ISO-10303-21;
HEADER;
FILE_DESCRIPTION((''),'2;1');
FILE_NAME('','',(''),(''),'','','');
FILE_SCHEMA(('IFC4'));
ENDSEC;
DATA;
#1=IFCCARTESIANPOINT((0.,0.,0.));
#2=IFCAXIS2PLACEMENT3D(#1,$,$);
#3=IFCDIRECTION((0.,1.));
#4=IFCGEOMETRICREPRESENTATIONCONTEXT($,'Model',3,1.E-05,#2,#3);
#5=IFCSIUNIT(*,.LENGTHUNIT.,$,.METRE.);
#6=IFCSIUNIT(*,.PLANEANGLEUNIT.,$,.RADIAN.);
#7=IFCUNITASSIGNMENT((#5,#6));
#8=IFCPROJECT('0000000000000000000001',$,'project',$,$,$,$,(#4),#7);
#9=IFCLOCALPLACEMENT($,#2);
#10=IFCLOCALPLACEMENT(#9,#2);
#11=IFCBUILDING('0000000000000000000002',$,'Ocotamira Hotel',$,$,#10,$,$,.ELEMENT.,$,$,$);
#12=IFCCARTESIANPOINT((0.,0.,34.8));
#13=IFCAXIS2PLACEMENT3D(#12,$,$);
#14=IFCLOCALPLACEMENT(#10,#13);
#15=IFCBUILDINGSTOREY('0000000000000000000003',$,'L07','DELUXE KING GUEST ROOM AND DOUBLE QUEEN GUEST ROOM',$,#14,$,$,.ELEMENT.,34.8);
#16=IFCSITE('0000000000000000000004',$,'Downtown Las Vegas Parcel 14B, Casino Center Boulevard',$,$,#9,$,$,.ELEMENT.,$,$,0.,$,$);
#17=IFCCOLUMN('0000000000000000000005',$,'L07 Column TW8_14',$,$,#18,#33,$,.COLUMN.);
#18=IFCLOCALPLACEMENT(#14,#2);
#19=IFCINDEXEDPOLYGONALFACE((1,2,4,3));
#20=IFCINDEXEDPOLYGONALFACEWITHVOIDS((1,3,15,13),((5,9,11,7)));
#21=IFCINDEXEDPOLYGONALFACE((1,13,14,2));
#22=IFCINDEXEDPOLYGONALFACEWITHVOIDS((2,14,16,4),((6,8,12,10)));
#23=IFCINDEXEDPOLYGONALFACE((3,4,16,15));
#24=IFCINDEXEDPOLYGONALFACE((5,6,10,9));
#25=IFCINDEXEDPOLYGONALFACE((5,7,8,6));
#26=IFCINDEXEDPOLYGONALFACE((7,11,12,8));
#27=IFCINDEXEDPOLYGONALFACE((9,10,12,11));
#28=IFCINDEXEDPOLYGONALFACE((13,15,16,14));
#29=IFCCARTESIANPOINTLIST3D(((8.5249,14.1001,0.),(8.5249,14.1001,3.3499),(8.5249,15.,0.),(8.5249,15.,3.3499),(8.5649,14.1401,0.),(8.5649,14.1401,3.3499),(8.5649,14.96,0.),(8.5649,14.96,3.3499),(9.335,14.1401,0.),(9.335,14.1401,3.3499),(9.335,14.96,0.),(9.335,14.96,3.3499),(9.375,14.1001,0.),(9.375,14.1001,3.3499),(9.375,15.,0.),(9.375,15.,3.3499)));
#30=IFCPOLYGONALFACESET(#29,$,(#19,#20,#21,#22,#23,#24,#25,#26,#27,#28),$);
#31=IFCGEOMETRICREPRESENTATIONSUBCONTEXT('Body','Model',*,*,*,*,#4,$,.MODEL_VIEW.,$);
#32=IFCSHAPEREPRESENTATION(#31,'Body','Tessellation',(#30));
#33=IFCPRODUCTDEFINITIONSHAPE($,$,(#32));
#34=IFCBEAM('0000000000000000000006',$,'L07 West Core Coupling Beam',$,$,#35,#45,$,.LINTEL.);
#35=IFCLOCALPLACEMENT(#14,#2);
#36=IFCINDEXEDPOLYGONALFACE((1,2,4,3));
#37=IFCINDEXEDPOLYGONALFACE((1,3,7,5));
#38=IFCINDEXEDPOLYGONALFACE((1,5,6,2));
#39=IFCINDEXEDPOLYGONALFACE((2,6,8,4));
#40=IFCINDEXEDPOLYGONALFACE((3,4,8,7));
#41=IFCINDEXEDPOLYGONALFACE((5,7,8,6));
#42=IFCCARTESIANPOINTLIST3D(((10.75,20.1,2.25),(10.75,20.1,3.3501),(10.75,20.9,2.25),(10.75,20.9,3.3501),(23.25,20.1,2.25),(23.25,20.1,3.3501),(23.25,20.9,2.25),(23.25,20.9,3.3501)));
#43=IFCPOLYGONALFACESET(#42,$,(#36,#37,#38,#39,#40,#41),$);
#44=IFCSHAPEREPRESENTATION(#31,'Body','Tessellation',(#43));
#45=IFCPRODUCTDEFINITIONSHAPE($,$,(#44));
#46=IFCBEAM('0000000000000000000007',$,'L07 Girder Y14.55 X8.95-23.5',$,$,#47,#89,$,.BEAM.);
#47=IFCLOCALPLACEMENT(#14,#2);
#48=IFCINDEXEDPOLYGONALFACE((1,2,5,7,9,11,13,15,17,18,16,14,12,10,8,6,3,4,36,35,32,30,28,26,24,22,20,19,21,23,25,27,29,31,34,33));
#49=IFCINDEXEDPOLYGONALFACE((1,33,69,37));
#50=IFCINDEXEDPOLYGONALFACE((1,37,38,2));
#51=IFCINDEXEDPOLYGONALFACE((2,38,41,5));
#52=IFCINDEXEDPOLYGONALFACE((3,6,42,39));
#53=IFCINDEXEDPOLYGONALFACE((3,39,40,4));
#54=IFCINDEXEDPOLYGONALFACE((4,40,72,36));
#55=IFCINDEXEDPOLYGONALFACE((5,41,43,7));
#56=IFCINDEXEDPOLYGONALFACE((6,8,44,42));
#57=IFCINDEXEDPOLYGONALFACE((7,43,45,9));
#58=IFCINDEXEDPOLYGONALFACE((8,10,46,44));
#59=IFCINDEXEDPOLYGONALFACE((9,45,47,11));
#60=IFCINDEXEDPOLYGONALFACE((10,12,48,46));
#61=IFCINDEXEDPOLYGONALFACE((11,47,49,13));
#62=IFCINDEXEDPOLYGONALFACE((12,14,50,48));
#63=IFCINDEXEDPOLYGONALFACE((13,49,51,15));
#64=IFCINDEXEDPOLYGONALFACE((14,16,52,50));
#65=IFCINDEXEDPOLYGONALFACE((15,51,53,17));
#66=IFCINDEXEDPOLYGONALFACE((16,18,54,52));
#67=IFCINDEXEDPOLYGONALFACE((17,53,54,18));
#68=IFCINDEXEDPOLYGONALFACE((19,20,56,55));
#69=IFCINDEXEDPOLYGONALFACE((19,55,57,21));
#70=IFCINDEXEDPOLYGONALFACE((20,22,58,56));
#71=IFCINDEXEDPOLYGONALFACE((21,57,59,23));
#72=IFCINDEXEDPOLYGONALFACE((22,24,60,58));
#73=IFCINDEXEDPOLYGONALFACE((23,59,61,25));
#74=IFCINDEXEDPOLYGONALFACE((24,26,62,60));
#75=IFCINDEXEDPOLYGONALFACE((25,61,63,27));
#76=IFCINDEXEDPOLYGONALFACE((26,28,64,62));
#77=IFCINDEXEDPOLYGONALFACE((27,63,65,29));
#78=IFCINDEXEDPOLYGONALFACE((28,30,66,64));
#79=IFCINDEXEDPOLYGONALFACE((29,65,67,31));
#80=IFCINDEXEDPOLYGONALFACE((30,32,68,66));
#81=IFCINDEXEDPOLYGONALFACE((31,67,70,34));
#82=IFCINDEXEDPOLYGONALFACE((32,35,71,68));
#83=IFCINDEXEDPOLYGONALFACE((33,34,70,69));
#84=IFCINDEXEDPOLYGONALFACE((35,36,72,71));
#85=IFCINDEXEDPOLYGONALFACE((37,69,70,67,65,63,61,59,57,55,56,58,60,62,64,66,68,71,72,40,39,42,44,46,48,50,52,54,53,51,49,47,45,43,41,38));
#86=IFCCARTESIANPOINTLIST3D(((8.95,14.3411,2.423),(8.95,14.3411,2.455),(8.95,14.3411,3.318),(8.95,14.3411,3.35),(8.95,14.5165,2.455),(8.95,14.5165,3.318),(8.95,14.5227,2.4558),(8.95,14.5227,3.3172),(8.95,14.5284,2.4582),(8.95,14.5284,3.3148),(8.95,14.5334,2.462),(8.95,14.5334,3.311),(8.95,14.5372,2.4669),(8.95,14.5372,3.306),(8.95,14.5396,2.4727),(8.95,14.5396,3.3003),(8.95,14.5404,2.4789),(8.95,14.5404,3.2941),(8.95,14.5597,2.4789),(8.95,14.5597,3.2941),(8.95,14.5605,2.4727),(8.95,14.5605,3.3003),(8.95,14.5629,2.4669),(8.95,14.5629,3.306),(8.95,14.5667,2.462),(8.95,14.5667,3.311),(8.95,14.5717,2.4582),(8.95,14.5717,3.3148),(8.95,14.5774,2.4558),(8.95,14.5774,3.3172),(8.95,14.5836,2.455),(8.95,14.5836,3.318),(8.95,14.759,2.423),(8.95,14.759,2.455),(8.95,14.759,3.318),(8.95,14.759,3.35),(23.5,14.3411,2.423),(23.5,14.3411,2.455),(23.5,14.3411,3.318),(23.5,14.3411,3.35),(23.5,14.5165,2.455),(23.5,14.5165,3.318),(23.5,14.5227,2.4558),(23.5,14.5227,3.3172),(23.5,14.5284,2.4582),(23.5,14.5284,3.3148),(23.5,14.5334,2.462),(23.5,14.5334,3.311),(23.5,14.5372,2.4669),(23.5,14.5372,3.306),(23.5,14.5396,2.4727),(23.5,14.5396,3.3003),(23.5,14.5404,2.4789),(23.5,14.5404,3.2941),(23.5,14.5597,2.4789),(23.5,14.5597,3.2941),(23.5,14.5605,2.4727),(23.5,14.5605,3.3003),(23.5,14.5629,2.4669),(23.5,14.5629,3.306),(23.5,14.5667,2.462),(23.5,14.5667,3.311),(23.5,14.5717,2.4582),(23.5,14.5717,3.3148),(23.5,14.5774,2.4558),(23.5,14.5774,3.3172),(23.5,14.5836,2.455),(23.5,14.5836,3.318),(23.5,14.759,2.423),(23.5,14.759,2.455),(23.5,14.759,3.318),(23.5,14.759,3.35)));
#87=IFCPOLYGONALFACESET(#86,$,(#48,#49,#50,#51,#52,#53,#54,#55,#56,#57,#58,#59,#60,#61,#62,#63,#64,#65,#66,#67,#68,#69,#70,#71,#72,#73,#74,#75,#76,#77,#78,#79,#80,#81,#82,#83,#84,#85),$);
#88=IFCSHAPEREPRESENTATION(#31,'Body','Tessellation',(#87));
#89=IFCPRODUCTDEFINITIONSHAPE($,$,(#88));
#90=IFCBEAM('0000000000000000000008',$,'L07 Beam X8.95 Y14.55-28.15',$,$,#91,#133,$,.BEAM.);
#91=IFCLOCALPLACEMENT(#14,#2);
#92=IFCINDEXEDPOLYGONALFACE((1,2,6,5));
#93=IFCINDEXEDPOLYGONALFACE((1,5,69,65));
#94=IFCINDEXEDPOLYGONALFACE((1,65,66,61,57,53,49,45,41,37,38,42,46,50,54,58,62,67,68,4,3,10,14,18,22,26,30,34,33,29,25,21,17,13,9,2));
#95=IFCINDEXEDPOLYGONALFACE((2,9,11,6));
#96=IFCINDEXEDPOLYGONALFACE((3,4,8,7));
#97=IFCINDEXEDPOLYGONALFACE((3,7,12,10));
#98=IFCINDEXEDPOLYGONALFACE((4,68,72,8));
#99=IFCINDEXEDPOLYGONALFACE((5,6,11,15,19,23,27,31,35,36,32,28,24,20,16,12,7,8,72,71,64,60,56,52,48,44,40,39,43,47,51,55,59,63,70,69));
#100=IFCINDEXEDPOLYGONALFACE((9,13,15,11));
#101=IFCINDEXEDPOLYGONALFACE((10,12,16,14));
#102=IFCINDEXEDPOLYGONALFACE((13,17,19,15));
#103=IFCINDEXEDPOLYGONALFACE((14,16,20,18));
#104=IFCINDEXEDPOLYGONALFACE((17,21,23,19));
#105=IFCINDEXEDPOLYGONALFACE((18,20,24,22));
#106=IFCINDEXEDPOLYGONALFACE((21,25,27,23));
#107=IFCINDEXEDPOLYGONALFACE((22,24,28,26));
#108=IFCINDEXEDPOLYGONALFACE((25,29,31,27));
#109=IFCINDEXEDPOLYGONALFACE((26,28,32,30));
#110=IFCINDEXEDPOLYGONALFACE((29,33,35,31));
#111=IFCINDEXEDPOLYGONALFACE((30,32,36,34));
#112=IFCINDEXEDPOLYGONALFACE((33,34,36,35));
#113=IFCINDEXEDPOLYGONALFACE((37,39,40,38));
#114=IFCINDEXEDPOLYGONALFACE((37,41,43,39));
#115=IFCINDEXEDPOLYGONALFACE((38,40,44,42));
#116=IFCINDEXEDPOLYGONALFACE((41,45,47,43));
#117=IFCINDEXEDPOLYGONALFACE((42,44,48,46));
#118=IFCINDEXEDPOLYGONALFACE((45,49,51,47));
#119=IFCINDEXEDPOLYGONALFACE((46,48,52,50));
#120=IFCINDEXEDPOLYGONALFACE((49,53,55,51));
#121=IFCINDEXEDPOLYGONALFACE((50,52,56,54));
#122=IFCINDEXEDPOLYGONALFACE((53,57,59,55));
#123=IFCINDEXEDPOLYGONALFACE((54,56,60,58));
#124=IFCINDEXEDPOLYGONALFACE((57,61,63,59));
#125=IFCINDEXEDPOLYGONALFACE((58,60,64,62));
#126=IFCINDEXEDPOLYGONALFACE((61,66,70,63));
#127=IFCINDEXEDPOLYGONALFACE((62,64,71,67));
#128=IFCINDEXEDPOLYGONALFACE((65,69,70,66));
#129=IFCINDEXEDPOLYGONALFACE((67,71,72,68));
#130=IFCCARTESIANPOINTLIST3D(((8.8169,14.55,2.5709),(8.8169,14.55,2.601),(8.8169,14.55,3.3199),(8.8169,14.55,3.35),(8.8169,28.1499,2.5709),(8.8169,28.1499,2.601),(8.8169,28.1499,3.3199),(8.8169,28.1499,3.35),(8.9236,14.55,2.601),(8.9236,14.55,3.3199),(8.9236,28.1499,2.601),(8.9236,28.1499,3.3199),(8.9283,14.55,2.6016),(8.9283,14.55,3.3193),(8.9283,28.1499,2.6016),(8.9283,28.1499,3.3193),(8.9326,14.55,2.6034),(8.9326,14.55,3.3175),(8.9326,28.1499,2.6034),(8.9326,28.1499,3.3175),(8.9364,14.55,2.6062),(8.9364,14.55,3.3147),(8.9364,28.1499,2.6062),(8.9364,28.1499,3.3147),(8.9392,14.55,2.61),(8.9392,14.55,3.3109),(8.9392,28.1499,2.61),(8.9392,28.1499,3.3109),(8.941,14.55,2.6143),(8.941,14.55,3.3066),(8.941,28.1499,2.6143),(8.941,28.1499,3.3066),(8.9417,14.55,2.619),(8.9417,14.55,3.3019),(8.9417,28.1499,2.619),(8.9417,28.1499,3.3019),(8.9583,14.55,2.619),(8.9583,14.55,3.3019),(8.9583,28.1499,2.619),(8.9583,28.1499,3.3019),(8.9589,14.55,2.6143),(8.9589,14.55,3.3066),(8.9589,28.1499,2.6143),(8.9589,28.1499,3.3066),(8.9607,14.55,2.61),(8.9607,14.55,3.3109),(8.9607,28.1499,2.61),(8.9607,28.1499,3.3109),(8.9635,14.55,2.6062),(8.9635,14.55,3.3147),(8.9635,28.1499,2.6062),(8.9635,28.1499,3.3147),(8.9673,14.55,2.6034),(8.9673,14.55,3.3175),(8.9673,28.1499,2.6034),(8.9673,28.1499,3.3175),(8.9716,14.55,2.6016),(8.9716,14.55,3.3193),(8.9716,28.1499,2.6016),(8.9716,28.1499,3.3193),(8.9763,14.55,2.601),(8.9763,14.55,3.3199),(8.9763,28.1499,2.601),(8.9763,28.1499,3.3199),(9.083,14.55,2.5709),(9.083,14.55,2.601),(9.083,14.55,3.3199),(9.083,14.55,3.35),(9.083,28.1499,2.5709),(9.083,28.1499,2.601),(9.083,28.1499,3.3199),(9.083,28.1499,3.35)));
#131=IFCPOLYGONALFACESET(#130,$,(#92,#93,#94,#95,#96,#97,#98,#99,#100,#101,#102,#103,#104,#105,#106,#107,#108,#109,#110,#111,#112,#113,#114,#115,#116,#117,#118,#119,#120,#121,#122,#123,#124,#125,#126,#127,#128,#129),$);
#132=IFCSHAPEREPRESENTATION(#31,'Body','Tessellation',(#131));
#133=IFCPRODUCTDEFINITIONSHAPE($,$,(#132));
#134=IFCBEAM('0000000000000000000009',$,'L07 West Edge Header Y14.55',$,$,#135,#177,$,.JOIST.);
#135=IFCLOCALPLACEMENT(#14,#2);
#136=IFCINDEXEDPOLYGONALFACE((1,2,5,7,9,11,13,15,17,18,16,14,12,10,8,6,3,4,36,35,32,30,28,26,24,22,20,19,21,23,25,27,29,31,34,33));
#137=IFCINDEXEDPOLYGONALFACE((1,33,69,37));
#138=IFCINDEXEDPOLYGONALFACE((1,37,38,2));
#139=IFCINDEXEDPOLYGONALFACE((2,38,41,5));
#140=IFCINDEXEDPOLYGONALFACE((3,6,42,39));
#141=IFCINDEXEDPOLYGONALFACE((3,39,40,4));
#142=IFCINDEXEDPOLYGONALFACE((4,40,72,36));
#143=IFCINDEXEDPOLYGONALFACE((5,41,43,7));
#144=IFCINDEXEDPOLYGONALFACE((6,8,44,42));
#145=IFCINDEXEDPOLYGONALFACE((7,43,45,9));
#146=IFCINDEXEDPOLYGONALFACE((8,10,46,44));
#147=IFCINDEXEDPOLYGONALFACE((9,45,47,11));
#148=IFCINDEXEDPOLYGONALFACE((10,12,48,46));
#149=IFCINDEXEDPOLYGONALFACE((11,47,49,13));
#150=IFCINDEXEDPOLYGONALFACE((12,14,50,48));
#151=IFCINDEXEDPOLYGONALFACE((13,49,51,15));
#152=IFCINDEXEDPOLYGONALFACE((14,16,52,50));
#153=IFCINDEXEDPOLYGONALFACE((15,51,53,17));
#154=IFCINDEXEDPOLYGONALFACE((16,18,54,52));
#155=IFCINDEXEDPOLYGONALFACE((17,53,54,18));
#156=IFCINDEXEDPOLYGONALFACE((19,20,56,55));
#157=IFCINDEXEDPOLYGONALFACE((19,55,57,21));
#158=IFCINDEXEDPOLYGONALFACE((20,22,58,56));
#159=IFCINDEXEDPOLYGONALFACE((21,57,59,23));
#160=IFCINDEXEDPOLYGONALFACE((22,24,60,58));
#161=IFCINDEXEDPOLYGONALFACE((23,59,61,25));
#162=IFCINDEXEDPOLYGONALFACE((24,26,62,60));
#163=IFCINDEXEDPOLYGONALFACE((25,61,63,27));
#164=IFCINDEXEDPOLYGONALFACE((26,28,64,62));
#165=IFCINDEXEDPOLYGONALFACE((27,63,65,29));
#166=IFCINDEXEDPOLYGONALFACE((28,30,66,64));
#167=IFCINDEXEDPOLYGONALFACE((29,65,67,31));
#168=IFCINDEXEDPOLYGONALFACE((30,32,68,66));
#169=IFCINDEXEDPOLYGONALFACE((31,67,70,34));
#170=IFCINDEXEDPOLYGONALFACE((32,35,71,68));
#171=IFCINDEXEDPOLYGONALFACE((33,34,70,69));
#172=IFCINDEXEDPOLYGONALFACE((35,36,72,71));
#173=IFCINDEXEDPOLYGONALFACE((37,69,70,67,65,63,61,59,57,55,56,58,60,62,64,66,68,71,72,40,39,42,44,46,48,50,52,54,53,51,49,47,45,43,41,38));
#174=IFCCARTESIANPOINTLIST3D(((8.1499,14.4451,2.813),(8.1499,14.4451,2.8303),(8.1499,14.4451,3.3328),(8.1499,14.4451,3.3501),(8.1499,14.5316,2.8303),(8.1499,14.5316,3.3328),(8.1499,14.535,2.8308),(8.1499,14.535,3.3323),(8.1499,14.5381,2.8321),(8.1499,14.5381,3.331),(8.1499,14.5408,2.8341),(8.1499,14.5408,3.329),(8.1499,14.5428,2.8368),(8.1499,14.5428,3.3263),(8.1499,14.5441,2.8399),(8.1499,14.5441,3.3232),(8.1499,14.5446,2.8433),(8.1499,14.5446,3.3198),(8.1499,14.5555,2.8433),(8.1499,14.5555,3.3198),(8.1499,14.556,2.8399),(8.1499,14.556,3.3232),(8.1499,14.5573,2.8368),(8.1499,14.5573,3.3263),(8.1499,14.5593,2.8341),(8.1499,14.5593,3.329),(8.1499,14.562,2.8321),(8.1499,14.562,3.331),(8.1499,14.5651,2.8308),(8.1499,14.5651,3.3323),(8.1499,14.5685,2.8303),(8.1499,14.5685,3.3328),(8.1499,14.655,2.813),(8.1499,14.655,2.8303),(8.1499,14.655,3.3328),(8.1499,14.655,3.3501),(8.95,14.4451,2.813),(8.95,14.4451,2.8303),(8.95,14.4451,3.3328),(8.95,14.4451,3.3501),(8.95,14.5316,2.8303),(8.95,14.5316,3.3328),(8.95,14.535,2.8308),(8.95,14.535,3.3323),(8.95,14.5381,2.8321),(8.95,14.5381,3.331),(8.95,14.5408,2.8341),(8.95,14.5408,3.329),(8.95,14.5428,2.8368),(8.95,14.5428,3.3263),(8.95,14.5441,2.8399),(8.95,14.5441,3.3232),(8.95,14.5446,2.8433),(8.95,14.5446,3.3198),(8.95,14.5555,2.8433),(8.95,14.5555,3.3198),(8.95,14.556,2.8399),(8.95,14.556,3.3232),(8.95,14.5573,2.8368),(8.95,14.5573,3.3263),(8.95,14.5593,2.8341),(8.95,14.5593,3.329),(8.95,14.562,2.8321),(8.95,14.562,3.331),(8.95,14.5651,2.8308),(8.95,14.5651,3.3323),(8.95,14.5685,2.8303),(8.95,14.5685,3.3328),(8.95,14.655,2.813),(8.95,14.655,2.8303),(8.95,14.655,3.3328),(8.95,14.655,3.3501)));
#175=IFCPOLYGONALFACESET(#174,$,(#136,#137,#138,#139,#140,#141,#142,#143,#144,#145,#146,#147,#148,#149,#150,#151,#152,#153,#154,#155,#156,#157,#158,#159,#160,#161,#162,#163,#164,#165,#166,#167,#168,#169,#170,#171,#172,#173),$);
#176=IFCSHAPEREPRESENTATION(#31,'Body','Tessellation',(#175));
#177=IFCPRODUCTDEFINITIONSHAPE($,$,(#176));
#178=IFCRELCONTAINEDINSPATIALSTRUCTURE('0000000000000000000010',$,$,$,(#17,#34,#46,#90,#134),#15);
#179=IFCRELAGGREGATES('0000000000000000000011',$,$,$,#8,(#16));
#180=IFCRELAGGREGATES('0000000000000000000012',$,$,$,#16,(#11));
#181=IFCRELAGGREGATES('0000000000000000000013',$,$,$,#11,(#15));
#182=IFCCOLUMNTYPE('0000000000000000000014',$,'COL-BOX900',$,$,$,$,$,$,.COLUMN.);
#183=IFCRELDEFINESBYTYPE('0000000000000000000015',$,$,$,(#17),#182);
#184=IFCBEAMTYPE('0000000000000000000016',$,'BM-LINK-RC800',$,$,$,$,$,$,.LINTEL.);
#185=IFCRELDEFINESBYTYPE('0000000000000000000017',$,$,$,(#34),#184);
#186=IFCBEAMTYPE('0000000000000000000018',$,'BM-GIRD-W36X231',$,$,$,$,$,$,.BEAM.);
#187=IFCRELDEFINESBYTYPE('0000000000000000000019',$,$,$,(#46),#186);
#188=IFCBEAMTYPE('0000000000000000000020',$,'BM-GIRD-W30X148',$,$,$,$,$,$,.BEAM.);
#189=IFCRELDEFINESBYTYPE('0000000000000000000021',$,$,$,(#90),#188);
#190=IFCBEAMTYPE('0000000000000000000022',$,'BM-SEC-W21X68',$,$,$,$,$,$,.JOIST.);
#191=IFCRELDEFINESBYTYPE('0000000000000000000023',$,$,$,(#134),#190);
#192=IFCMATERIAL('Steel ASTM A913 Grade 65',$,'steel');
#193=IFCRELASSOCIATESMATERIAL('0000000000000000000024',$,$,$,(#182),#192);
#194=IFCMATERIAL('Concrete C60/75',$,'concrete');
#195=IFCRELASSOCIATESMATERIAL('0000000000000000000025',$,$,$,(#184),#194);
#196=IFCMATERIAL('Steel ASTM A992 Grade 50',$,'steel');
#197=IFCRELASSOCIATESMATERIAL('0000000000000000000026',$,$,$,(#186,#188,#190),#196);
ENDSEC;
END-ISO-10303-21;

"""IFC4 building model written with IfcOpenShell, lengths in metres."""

from ifc_helpers import new_model, si_unit, direction, frame, origin, origin_2d, place, context, subcontext, project, spatial, rectangle, hollow_rectangle, i_section, extrude, source, transform, mapped, material, material_profile, profile_set, type_object, element, save


model = new_model("IFC4")

# Units and contexts
model_context = context("Model", 3, precision=1e-05, world=origin(), true_north=direction((0.0, 1.0)))
body_context = subcontext(model_context, "Body", "Model", "MODEL_VIEW")
ifc_project = project(units=[si_unit("LENGTHUNIT", "METRE"), si_unit("PLANEANGLEUNIT", "RADIAN")], contexts=[model_context])

# Site, building, storey
site_placement = place(None, origin())
site = spatial("IfcSite", under=ifc_project, at=site_placement, Name="Downtown Las Vegas Parcel 14B, Casino Center Boulevard", CompositionType="ELEMENT", RefElevation=0.0)
building_placement = place(site_placement, origin())
building = spatial("IfcBuilding", under=site, at=building_placement, Name="Ocotamira Hotel", CompositionType="ELEMENT")
storey_placement = place(building_placement, frame((0.0, 0.0, 34.8)))
storey = spatial("IfcBuildingStorey", under=building, at=storey_placement, Name="L07", Description="DELUXE KING GUEST ROOM AND DOUBLE QUEEN GUEST ROOM", CompositionType="ELEMENT", Elevation=34.8)

# Column
ifc_material_1 = material(Name="Steel ASTM A913 Grade 65", Category="steel")
ifc_material_profile_1 = material_profile(ifc_material_1, hollow_rectangle(XDim=0.8501, YDim=0.8999, WallThickness=0.04, at=origin_2d()), Name="BOX900X850X40")
ifc_profile_set_1 = profile_set([ifc_material_profile_1], Name="Steel ASTM A913 Grade 65")
column_type = type_object("IfcColumnType", Name="COL-BOX900", PredefinedType="COLUMN", material=ifc_profile_set_1)
shared_shape_1 = source(origin(), body_context, "Body", "SweptSolid", [
    extrude(hollow_rectangle(XDim=0.8501, YDim=0.8999, WallThickness=0.04, at=origin_2d()), origin(), (0.0, 0.0, 1.0), 3.3499),
])
column_placement = place(storey_placement, frame((8.95, 14.55, 0.0), z_axis=(0.0, 0.0, 1.0), x_axis=(1.0, 0.0, 0.0)))
element("IfcColumn", 1, at=column_placement, inside=storey, type_object=column_type, Name="L07 Column TW8_14", PredefinedType="COLUMN", context=body_context, shape_type="MappedRepresentation", body=[
    mapped(shared_shape_1, transform((0.0, 0.0, 0.0), scale=1.0)),
])

# Beams
ifc_material_2 = material(Name="Concrete C60/75", Category="concrete")
ifc_material_profile_2 = material_profile(ifc_material_2, rectangle(XDim=0.8, YDim=1.1001, at=origin_2d()), Name="RC800X1100")
ifc_profile_set_2 = profile_set([ifc_material_profile_2], Name="Concrete C60/75")
beam_type_1 = type_object("IfcBeamType", Name="BM-LINK-RC800", PredefinedType="LINTEL", material=ifc_profile_set_2)
shared_shape_2 = source(origin(), body_context, "Body", "SweptSolid", [
    extrude(rectangle(XDim=0.8, YDim=1.1001, at=origin_2d()), origin(), (0.0, 0.0, 1.0), 12.5),
])
beam_1_placement = place(storey_placement, frame((10.75, 20.5, 2.8), z_axis=(1.0, 0.0, 0.0), x_axis=(0.0, 1.0, 0.0)))
element("IfcBeam", 2, at=beam_1_placement, inside=storey, type_object=beam_type_1, Name="L07 West Core Coupling Beam", PredefinedType="LINTEL", context=body_context, shape_type="MappedRepresentation", body=[
    mapped(shared_shape_2, transform((0.0, 0.0, 0.0), scale=1.0)),
])
ifc_material_3 = material(Name="Steel ASTM A992 Grade 50", Category="steel")
ifc_material_profile_3 = material_profile(ifc_material_3, i_section(OverallWidth=0.418, OverallDepth=0.927, WebThickness=0.0193, FlangeThickness=0.032, FilletRadius=0.0239, at=origin_2d()), Name="W36X231")
ifc_profile_set_3 = profile_set([ifc_material_profile_3], Name="Steel ASTM A992 Grade 50")
beam_type_2 = type_object("IfcBeamType", Name="BM-GIRD-W36X231", PredefinedType="BEAM", material=ifc_profile_set_3)
shared_shape_3 = source(origin(), body_context, "Body", "SweptSolid", [
    extrude(i_section(OverallWidth=0.418, OverallDepth=0.927, WebThickness=0.0193, FlangeThickness=0.032, FilletRadius=0.0239, at=origin_2d()), origin(), (0.0, 0.0, 1.0), 14.55),
])
beam_2_placement = place(storey_placement, frame((8.95, 14.55, 2.8865), z_axis=(1.0, 0.0, 0.0), x_axis=(0.0, 1.0, 0.0)))
element("IfcBeam", 3, at=beam_2_placement, inside=storey, type_object=beam_type_2, Name="L07 Girder Y14.55 X8.95-23.5", PredefinedType="BEAM", context=body_context, shape_type="MappedRepresentation", body=[
    mapped(shared_shape_3, transform((0.0, 0.0, 0.0), scale=1.0)),
])
ifc_material_profile_4 = material_profile(ifc_material_3, i_section(OverallWidth=0.2661, OverallDepth=0.7791, WebThickness=0.0166, FlangeThickness=0.03, FilletRadius=0.0181, at=origin_2d()), Name="W30X148")
ifc_profile_set_4 = profile_set([ifc_material_profile_4], Name="Steel ASTM A992 Grade 50")
beam_type_3 = type_object("IfcBeamType", Name="BM-GIRD-W30X148", PredefinedType="BEAM", material=ifc_profile_set_4)
shared_shape_4 = source(origin(), body_context, "Body", "SweptSolid", [
    extrude(i_section(OverallWidth=0.2661, OverallDepth=0.7791, WebThickness=0.0166, FlangeThickness=0.03, FilletRadius=0.0181, at=origin_2d()), origin(), (0.0, 0.0, 1.0), 13.5999),
])
beam_3_placement = place(storey_placement, frame((8.95, 14.55, 2.9604), z_axis=(0.0, 1.0, 0.0), x_axis=(-1.0, 0.0, 0.0)))
element("IfcBeam", 4, at=beam_3_placement, inside=storey, type_object=beam_type_3, Name="L07 Beam X8.95 Y14.55-28.15", PredefinedType="BEAM", context=body_context, shape_type="MappedRepresentation", body=[
    mapped(shared_shape_4, transform((0.0, 0.0, 0.0), scale=1.0)),
])
ifc_material_profile_5 = material_profile(ifc_material_3, i_section(OverallWidth=0.21, OverallDepth=0.5371, WebThickness=0.011, FlangeThickness=0.0173, FilletRadius=0.0129, at=origin_2d()), Name="W21X68")
ifc_profile_set_5 = profile_set([ifc_material_profile_5], Name="Steel ASTM A992 Grade 50")
beam_type_4 = type_object("IfcBeamType", Name="BM-SEC-W21X68", PredefinedType="JOIST", material=ifc_profile_set_5)
shared_shape_5 = source(origin(), body_context, "Body", "SweptSolid", [
    extrude(i_section(OverallWidth=0.21, OverallDepth=0.5371, WebThickness=0.011, FlangeThickness=0.0173, FilletRadius=0.0129, at=origin_2d()), origin(), (0.0, 0.0, 1.0), 0.8),
])
beam_4_placement = place(storey_placement, frame((8.95, 14.55, 3.0815), z_axis=(-1.0, 0.0, 0.0), x_axis=(0.0, -1.0, 0.0)))
element("IfcBeam", 5, at=beam_4_placement, inside=storey, type_object=beam_type_4, Name="L07 West Edge Header Y14.55", PredefinedType="JOIST", context=body_context, shape_type="MappedRepresentation", body=[
    mapped(shared_shape_5, transform((0.0, 0.0, 0.0), scale=1.0)),
])

save(model, "model.ifc")
